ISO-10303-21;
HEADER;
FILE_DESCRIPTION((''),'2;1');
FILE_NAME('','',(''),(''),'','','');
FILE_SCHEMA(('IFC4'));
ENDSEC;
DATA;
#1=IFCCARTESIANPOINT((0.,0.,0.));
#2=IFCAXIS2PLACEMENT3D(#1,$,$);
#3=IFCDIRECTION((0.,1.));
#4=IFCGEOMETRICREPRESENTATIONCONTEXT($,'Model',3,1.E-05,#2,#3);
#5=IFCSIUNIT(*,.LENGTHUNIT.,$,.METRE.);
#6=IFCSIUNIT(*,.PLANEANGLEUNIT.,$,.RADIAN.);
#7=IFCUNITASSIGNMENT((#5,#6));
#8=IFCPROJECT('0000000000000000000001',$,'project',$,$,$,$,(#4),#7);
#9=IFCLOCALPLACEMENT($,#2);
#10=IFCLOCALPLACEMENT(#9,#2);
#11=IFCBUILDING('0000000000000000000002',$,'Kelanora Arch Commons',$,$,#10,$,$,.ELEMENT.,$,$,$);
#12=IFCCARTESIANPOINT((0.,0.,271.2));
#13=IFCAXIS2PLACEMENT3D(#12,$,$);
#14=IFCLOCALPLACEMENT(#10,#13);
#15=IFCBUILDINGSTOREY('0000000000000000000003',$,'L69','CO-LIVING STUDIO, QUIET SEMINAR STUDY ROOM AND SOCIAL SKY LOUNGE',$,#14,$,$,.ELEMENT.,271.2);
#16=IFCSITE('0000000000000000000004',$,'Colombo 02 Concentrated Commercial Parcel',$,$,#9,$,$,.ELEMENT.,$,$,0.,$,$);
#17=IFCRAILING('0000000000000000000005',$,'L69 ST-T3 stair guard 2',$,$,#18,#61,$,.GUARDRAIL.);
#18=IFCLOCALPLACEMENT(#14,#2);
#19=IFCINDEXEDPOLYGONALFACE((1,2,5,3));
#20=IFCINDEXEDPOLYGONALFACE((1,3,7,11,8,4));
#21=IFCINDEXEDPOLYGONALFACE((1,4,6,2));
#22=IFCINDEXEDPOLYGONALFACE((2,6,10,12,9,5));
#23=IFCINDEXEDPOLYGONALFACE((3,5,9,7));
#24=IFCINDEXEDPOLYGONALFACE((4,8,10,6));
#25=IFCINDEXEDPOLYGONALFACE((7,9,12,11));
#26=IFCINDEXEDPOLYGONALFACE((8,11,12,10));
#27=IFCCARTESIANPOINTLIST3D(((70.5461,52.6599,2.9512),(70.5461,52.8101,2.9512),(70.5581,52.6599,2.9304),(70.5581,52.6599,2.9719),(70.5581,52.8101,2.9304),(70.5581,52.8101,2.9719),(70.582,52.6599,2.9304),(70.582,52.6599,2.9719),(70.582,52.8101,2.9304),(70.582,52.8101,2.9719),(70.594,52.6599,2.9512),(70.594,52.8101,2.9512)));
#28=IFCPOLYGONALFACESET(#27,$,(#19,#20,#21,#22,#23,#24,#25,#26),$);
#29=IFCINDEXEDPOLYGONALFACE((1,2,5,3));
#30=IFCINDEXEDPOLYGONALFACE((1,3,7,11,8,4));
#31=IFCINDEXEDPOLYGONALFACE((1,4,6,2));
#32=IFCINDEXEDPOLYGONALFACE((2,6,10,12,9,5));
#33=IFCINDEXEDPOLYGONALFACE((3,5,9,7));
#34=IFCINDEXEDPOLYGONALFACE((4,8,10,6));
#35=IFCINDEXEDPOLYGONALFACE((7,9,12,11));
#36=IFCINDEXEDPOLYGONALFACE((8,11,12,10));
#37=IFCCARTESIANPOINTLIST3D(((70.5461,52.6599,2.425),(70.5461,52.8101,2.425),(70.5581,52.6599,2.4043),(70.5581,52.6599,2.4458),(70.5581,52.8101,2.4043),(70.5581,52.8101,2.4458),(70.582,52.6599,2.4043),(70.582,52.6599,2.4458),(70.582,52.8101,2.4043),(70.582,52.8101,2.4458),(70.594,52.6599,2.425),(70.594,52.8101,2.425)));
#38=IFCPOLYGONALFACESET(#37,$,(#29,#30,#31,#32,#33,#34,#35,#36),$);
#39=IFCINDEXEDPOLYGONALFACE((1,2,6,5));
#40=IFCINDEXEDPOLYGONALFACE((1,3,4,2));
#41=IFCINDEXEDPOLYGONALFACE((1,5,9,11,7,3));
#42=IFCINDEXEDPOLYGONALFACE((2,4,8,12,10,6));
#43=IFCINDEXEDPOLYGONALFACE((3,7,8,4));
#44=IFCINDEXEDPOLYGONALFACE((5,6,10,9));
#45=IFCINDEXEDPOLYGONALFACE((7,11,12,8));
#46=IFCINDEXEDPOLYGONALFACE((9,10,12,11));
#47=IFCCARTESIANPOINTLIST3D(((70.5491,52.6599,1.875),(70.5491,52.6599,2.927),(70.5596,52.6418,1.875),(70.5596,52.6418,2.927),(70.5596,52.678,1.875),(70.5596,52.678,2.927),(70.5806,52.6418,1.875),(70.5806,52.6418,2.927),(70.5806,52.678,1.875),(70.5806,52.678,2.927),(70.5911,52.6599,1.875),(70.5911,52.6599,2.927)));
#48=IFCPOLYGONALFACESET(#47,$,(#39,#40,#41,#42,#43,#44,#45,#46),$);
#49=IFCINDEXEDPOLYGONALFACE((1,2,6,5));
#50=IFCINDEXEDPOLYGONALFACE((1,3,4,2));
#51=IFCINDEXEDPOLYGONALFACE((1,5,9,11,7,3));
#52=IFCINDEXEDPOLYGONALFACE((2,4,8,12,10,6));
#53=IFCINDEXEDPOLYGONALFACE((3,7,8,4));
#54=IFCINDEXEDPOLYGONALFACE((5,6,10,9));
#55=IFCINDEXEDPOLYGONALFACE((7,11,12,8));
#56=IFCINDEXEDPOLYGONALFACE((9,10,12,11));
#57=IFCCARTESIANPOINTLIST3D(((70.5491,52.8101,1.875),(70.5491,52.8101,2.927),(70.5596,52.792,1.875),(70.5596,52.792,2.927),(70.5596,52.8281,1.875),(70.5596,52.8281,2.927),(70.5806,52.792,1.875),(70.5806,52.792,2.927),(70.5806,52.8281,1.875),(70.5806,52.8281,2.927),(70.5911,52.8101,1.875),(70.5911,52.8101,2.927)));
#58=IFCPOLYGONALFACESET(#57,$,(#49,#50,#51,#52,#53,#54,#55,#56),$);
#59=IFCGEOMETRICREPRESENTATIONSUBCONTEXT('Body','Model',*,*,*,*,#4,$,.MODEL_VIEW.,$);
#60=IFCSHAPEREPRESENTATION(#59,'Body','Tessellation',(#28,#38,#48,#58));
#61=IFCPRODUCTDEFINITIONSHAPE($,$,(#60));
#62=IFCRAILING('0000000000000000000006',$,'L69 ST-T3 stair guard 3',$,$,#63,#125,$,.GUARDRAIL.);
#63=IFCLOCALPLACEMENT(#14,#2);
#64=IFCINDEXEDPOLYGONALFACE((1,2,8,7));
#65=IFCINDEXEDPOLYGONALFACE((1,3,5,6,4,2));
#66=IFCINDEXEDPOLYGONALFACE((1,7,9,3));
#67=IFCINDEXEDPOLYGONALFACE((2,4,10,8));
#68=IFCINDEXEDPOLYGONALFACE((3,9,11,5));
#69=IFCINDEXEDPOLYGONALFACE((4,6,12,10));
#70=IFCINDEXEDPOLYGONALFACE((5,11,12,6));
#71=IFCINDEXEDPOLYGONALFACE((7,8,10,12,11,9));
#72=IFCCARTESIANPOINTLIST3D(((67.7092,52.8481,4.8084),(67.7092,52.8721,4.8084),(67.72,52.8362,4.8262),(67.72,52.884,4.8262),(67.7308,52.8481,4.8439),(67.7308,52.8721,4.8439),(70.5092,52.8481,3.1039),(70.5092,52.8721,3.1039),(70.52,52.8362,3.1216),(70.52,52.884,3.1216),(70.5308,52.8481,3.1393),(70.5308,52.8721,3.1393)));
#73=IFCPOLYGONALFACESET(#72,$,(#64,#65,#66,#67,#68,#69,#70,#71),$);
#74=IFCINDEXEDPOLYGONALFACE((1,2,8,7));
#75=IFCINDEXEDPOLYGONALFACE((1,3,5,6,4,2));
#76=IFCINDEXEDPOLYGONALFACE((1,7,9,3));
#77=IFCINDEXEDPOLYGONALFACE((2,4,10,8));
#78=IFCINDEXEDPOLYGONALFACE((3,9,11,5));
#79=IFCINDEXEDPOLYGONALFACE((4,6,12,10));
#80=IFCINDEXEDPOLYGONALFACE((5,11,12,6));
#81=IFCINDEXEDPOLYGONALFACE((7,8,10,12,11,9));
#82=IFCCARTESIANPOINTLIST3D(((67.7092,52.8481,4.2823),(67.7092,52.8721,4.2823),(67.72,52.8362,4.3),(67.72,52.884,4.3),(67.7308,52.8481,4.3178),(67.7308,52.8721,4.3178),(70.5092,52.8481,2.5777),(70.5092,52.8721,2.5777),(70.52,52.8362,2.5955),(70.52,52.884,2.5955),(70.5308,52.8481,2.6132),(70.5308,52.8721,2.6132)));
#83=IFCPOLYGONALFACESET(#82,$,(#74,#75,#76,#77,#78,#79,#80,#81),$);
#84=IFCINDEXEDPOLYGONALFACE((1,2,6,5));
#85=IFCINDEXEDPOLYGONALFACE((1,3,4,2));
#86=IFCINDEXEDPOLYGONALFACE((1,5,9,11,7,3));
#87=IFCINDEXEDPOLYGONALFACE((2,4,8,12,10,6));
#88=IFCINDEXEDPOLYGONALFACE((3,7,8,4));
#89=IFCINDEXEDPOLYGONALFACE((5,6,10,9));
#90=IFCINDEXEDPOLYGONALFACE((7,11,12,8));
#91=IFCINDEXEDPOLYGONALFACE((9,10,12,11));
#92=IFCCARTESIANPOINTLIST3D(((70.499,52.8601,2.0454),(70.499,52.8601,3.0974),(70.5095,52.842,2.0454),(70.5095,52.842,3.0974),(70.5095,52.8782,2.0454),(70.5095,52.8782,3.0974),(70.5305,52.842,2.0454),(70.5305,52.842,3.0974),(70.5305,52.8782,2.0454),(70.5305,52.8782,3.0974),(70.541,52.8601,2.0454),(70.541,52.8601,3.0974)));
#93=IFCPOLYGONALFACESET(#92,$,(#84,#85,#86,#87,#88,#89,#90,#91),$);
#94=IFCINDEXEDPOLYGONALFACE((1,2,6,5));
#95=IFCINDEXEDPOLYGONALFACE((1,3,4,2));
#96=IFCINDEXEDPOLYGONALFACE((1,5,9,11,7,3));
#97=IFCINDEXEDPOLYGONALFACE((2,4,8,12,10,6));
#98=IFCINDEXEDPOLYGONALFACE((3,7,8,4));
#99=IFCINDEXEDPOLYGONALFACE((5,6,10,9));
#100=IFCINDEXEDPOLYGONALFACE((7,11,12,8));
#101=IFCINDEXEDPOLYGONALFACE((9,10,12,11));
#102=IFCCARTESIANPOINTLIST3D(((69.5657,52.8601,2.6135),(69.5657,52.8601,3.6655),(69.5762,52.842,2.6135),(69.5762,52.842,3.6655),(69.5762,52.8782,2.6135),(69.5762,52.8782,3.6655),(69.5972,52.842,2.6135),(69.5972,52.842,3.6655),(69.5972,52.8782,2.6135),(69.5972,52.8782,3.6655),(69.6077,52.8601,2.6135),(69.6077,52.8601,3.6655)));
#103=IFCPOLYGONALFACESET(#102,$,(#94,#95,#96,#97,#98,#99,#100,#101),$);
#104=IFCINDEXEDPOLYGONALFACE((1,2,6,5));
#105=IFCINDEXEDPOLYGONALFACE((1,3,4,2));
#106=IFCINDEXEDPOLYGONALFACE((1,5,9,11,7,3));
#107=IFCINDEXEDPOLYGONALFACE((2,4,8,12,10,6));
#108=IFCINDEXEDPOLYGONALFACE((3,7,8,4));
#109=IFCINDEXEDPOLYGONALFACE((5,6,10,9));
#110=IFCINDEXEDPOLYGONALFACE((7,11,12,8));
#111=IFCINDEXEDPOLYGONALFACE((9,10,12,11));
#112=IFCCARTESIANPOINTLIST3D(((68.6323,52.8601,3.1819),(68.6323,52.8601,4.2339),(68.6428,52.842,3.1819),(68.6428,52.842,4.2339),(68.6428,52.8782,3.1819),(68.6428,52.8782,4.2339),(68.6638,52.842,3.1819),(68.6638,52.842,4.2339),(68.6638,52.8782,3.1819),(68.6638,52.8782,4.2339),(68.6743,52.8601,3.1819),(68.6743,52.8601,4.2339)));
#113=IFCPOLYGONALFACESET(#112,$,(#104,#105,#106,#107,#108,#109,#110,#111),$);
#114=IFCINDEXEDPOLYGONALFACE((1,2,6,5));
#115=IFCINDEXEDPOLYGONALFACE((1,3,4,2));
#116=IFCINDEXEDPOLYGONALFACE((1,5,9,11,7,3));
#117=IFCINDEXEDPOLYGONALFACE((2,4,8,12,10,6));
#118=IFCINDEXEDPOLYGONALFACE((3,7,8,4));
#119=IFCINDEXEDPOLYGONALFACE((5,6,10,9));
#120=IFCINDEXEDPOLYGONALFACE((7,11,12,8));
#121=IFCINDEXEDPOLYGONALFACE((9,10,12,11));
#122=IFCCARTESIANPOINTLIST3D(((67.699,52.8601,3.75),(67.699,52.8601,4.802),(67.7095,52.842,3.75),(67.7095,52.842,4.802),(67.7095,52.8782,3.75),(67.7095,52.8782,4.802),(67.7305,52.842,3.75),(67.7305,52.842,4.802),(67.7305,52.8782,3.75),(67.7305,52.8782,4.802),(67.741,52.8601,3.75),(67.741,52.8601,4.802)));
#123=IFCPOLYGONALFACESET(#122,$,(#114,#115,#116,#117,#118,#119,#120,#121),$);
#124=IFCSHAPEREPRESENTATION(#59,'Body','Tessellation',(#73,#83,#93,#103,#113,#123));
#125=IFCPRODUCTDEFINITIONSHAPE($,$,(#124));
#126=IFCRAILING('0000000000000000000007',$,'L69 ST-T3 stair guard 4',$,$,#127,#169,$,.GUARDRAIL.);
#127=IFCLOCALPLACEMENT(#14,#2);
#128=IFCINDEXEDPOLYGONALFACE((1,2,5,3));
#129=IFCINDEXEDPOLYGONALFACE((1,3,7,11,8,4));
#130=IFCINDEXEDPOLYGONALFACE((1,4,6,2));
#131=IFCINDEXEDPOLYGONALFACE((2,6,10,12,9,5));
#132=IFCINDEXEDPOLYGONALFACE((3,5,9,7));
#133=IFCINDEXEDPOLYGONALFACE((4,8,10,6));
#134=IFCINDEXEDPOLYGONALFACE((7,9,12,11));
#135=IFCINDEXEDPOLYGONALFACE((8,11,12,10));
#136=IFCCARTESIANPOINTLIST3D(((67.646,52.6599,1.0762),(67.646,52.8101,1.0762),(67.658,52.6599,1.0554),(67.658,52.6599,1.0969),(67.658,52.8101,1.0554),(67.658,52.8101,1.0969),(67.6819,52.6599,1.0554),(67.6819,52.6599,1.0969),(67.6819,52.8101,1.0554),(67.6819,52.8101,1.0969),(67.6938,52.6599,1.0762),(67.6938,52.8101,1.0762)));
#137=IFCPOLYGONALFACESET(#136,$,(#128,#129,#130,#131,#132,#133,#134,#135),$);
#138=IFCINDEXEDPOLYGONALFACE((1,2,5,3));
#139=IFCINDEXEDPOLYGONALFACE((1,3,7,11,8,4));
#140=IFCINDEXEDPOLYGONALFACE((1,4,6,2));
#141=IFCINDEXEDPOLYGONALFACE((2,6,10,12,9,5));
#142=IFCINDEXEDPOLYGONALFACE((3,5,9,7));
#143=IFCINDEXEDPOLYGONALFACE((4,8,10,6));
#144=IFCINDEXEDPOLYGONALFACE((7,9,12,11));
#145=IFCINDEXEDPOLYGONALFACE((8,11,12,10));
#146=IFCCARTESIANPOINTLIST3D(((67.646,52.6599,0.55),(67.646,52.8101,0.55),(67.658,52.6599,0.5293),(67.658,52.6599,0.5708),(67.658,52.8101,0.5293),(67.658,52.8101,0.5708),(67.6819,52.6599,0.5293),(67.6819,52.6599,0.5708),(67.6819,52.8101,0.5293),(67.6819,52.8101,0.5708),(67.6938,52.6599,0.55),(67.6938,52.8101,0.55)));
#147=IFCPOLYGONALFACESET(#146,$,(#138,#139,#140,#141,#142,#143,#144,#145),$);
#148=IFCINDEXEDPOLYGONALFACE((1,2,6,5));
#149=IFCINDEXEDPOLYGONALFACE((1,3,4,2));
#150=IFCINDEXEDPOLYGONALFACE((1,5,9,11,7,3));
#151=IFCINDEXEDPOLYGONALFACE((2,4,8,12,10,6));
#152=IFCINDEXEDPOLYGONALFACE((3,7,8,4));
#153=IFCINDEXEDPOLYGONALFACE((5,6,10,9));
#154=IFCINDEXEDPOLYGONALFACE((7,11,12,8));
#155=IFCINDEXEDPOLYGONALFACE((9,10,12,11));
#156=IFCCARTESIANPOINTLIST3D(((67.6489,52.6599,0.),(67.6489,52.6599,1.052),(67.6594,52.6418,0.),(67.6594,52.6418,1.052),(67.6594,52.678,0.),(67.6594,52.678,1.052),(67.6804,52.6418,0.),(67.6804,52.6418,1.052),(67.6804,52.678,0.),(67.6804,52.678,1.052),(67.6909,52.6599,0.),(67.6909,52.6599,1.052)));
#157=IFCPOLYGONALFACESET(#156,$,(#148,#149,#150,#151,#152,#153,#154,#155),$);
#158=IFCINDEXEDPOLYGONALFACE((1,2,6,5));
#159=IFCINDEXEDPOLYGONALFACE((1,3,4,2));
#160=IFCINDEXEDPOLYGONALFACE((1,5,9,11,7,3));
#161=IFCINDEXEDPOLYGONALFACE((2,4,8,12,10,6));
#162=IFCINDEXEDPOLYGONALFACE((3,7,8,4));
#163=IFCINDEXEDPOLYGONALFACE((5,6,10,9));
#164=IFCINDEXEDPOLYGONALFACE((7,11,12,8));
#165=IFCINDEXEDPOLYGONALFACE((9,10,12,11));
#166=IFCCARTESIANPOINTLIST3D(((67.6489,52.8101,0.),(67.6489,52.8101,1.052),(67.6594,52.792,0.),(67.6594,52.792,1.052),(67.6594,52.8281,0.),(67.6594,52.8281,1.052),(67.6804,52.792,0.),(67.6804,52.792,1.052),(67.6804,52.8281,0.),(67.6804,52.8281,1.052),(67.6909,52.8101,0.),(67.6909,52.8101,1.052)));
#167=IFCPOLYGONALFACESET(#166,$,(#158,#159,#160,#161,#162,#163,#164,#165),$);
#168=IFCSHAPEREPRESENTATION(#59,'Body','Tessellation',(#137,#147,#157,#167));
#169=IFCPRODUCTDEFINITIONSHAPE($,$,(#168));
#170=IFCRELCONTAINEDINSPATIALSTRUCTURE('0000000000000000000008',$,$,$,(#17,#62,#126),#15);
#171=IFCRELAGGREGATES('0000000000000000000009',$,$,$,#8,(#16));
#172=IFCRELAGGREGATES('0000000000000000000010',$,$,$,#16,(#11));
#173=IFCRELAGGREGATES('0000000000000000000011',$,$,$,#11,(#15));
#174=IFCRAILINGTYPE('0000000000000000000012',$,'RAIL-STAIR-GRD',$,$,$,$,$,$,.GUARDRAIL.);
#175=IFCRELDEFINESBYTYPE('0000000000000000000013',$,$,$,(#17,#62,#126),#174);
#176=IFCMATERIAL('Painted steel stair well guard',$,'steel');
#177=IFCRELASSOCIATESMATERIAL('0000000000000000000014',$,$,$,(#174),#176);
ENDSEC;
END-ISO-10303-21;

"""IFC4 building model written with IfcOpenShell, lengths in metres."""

from ifc_helpers import new_model, si_unit, direction, frame, origin, place, context, subcontext, project, spatial, polyline, outline, extrude, material, type_object, element, save


model = new_model("IFC4")

# Units and contexts
model_context = context("Model", 3, precision=1e-05, world=origin(), true_north=direction((0.0, 1.0)))
body_context = subcontext(model_context, "Body", "Model", "MODEL_VIEW")
ifc_project = project(units=[si_unit("LENGTHUNIT", "METRE"), si_unit("PLANEANGLEUNIT", "RADIAN")], contexts=[model_context])

# Site, building, storey
site_placement = place(None, origin())
site = spatial("IfcSite", under=ifc_project, at=site_placement, Name="Colombo 02 Concentrated Commercial Parcel", CompositionType="ELEMENT", RefElevation=0.0)
building_placement = place(site_placement, origin())
building = spatial("IfcBuilding", under=site, at=building_placement, Name="Kelanora Arch Commons", CompositionType="ELEMENT")
storey_placement = place(building_placement, frame((0.0, 0.0, 271.2)))
storey = spatial("IfcBuildingStorey", under=building, at=storey_placement, Name="L69", Description="CO-LIVING STUDIO, QUIET SEMINAR STUDY ROOM AND SOCIAL SKY LOUNGE", CompositionType="ELEMENT", Elevation=271.2)

# Railings
ifc_material_1 = material(Name="Painted steel stair well guard", Category="steel")
railing_type_1 = type_object("IfcRailingType", Name="RAIL-STAIR-GRD", PredefinedType="GUARDRAIL", material=ifc_material_1)
railing_1_placement = place(storey_placement, frame((70.5701, 52.6599, 1.875)))
element("IfcRailing", 1, at=railing_1_placement, inside=storey, type_object=railing_type_1, Name="L69 ST-T3 stair guard 2", PredefinedType="GUARDRAIL", context=body_context, shape_type="SweptSolid", body=[
    extrude(outline(polyline([(0.0239, 0.0), (0.012, 0.0208), (-0.012, 0.0208), (-0.0239, 0.0), (-0.012, -0.0208), (0.012, -0.0208), (0.0239, 0.0)])), frame((0.0, 0.0, 1.0762), z_axis=(0.0, 1.0, 0.0), x_axis=(-1.0, 0.0, 0.0)), (0.0, 0.0, 1.0), 0.1501),
    extrude(outline(polyline([(0.0239, 0.0), (0.012, 0.0208), (-0.012, 0.0208), (-0.0239, 0.0), (-0.012, -0.0208), (0.012, -0.0208), (0.0239, 0.0)])), frame((0.0, 0.0, 0.55), z_axis=(0.0, 1.0, 0.0), x_axis=(-1.0, 0.0, 0.0)), (0.0, 0.0, 1.0), 0.1501),
    extrude(outline(polyline([(0.021, 0.0), (0.0105, 0.0181), (-0.0105, 0.0181), (-0.021, 0.0), (-0.0105, -0.0181), (0.0105, -0.0181), (0.021, 0.0)])), origin(), (0.0, 0.0, 1.0), 1.052),
    extrude(outline(polyline([(0.021, 0.0), (0.0105, 0.0181), (-0.0105, 0.0181), (-0.021, 0.0), (-0.0105, -0.0181), (0.0105, -0.0181), (0.021, 0.0)])), frame((0.0, 0.1501, 0.0)), (0.0, 0.0, 1.0), 1.052),
])
railing_2_placement = place(storey_placement, frame((70.52, 52.8601, 2.0454)))
element("IfcRailing", 2, at=railing_2_placement, inside=storey, type_object=railing_type_1, Name="L69 ST-T3 stair guard 3", PredefinedType="GUARDRAIL", context=body_context, shape_type="SweptSolid", body=[
    extrude(outline(polyline([(0.0239, 0.0), (0.012, 0.0208), (-0.012, 0.0208), (-0.0239, 0.0), (-0.012, -0.0208), (0.012, -0.0208), (0.0239, 0.0)])), frame((0.0, 0.0, 1.0762), z_axis=(-0.85417, 0.0, 0.519994), x_axis=(0.0, -1.0, 0.0)), (0.0, 0.0, 1.0), 3.2781),
    extrude(outline(polyline([(0.0239, 0.0), (0.012, 0.0208), (-0.012, 0.0208), (-0.0239, 0.0), (-0.012, -0.0208), (0.012, -0.0208), (0.0239, 0.0)])), frame((0.0, 0.0, 0.55), z_axis=(-0.85417, 0.0, 0.519994), x_axis=(0.0, -1.0, 0.0)), (0.0, 0.0, 1.0), 3.2781),
    extrude(outline(polyline([(0.021, 0.0), (0.0105, 0.0181), (-0.0105, 0.0181), (-0.021, 0.0), (-0.0105, -0.0181), (0.0105, -0.0181), (0.021, 0.0)])), origin(), (0.0, 0.0, 1.0), 1.052),
    extrude(outline(polyline([(0.021, 0.0), (0.0105, 0.0181), (-0.0105, 0.0181), (-0.021, 0.0), (-0.0105, -0.0181), (0.0105, -0.0181), (0.021, 0.0)])), frame((-0.9333, 0.0, 0.5681)), (0.0, 0.0, 1.0), 1.052),
    extrude(outline(polyline([(0.021, 0.0), (0.0105, 0.0181), (-0.0105, 0.0181), (-0.021, 0.0), (-0.0105, -0.0181), (0.0105, -0.0181), (0.021, 0.0)])), frame((-1.8667, 0.0, 1.1365)), (0.0, 0.0, 1.0), 1.052),
    extrude(outline(polyline([(0.021, 0.0), (0.0105, 0.0181), (-0.0105, 0.0181), (-0.021, 0.0), (-0.0105, -0.0181), (0.0105, -0.0181), (0.021, 0.0)])), frame((-2.8, 0.0, 1.7046)), (0.0, 0.0, 1.0), 1.052),
])
railing_3_placement = place(storey_placement, frame((67.6699, 52.6599, 0.0)))
element("IfcRailing", 3, at=railing_3_placement, inside=storey, type_object=railing_type_1, Name="L69 ST-T3 stair guard 4", PredefinedType="GUARDRAIL", context=body_context, shape_type="SweptSolid", body=[
    extrude(outline(polyline([(0.0239, 0.0), (0.012, 0.0208), (-0.012, 0.0208), (-0.0239, 0.0), (-0.012, -0.0208), (0.012, -0.0208), (0.0239, 0.0)])), frame((0.0, 0.0, 1.0762), z_axis=(0.0, 1.0, 0.0), x_axis=(-1.0, 0.0, 0.0)), (0.0, 0.0, 1.0), 0.1501),
    extrude(outline(polyline([(0.0239, 0.0), (0.012, 0.0208), (-0.012, 0.0208), (-0.0239, 0.0), (-0.012, -0.0208), (0.012, -0.0208), (0.0239, 0.0)])), frame((0.0, 0.0, 0.55), z_axis=(0.0, 1.0, 0.0), x_axis=(-1.0, 0.0, 0.0)), (0.0, 0.0, 1.0), 0.1501),
    extrude(outline(polyline([(0.021, 0.0), (0.0105, 0.0181), (-0.0105, 0.0181), (-0.021, 0.0), (-0.0105, -0.0181), (0.0105, -0.0181), (0.021, 0.0)])), origin(), (0.0, 0.0, 1.0), 1.052),
    extrude(outline(polyline([(0.021, 0.0), (0.0105, 0.0181), (-0.0105, 0.0181), (-0.021, 0.0), (-0.0105, -0.0181), (0.0105, -0.0181), (0.021, 0.0)])), frame((0.0, 0.1501, 0.0)), (0.0, 0.0, 1.0), 1.052),
])

save(model, "model.ifc")
